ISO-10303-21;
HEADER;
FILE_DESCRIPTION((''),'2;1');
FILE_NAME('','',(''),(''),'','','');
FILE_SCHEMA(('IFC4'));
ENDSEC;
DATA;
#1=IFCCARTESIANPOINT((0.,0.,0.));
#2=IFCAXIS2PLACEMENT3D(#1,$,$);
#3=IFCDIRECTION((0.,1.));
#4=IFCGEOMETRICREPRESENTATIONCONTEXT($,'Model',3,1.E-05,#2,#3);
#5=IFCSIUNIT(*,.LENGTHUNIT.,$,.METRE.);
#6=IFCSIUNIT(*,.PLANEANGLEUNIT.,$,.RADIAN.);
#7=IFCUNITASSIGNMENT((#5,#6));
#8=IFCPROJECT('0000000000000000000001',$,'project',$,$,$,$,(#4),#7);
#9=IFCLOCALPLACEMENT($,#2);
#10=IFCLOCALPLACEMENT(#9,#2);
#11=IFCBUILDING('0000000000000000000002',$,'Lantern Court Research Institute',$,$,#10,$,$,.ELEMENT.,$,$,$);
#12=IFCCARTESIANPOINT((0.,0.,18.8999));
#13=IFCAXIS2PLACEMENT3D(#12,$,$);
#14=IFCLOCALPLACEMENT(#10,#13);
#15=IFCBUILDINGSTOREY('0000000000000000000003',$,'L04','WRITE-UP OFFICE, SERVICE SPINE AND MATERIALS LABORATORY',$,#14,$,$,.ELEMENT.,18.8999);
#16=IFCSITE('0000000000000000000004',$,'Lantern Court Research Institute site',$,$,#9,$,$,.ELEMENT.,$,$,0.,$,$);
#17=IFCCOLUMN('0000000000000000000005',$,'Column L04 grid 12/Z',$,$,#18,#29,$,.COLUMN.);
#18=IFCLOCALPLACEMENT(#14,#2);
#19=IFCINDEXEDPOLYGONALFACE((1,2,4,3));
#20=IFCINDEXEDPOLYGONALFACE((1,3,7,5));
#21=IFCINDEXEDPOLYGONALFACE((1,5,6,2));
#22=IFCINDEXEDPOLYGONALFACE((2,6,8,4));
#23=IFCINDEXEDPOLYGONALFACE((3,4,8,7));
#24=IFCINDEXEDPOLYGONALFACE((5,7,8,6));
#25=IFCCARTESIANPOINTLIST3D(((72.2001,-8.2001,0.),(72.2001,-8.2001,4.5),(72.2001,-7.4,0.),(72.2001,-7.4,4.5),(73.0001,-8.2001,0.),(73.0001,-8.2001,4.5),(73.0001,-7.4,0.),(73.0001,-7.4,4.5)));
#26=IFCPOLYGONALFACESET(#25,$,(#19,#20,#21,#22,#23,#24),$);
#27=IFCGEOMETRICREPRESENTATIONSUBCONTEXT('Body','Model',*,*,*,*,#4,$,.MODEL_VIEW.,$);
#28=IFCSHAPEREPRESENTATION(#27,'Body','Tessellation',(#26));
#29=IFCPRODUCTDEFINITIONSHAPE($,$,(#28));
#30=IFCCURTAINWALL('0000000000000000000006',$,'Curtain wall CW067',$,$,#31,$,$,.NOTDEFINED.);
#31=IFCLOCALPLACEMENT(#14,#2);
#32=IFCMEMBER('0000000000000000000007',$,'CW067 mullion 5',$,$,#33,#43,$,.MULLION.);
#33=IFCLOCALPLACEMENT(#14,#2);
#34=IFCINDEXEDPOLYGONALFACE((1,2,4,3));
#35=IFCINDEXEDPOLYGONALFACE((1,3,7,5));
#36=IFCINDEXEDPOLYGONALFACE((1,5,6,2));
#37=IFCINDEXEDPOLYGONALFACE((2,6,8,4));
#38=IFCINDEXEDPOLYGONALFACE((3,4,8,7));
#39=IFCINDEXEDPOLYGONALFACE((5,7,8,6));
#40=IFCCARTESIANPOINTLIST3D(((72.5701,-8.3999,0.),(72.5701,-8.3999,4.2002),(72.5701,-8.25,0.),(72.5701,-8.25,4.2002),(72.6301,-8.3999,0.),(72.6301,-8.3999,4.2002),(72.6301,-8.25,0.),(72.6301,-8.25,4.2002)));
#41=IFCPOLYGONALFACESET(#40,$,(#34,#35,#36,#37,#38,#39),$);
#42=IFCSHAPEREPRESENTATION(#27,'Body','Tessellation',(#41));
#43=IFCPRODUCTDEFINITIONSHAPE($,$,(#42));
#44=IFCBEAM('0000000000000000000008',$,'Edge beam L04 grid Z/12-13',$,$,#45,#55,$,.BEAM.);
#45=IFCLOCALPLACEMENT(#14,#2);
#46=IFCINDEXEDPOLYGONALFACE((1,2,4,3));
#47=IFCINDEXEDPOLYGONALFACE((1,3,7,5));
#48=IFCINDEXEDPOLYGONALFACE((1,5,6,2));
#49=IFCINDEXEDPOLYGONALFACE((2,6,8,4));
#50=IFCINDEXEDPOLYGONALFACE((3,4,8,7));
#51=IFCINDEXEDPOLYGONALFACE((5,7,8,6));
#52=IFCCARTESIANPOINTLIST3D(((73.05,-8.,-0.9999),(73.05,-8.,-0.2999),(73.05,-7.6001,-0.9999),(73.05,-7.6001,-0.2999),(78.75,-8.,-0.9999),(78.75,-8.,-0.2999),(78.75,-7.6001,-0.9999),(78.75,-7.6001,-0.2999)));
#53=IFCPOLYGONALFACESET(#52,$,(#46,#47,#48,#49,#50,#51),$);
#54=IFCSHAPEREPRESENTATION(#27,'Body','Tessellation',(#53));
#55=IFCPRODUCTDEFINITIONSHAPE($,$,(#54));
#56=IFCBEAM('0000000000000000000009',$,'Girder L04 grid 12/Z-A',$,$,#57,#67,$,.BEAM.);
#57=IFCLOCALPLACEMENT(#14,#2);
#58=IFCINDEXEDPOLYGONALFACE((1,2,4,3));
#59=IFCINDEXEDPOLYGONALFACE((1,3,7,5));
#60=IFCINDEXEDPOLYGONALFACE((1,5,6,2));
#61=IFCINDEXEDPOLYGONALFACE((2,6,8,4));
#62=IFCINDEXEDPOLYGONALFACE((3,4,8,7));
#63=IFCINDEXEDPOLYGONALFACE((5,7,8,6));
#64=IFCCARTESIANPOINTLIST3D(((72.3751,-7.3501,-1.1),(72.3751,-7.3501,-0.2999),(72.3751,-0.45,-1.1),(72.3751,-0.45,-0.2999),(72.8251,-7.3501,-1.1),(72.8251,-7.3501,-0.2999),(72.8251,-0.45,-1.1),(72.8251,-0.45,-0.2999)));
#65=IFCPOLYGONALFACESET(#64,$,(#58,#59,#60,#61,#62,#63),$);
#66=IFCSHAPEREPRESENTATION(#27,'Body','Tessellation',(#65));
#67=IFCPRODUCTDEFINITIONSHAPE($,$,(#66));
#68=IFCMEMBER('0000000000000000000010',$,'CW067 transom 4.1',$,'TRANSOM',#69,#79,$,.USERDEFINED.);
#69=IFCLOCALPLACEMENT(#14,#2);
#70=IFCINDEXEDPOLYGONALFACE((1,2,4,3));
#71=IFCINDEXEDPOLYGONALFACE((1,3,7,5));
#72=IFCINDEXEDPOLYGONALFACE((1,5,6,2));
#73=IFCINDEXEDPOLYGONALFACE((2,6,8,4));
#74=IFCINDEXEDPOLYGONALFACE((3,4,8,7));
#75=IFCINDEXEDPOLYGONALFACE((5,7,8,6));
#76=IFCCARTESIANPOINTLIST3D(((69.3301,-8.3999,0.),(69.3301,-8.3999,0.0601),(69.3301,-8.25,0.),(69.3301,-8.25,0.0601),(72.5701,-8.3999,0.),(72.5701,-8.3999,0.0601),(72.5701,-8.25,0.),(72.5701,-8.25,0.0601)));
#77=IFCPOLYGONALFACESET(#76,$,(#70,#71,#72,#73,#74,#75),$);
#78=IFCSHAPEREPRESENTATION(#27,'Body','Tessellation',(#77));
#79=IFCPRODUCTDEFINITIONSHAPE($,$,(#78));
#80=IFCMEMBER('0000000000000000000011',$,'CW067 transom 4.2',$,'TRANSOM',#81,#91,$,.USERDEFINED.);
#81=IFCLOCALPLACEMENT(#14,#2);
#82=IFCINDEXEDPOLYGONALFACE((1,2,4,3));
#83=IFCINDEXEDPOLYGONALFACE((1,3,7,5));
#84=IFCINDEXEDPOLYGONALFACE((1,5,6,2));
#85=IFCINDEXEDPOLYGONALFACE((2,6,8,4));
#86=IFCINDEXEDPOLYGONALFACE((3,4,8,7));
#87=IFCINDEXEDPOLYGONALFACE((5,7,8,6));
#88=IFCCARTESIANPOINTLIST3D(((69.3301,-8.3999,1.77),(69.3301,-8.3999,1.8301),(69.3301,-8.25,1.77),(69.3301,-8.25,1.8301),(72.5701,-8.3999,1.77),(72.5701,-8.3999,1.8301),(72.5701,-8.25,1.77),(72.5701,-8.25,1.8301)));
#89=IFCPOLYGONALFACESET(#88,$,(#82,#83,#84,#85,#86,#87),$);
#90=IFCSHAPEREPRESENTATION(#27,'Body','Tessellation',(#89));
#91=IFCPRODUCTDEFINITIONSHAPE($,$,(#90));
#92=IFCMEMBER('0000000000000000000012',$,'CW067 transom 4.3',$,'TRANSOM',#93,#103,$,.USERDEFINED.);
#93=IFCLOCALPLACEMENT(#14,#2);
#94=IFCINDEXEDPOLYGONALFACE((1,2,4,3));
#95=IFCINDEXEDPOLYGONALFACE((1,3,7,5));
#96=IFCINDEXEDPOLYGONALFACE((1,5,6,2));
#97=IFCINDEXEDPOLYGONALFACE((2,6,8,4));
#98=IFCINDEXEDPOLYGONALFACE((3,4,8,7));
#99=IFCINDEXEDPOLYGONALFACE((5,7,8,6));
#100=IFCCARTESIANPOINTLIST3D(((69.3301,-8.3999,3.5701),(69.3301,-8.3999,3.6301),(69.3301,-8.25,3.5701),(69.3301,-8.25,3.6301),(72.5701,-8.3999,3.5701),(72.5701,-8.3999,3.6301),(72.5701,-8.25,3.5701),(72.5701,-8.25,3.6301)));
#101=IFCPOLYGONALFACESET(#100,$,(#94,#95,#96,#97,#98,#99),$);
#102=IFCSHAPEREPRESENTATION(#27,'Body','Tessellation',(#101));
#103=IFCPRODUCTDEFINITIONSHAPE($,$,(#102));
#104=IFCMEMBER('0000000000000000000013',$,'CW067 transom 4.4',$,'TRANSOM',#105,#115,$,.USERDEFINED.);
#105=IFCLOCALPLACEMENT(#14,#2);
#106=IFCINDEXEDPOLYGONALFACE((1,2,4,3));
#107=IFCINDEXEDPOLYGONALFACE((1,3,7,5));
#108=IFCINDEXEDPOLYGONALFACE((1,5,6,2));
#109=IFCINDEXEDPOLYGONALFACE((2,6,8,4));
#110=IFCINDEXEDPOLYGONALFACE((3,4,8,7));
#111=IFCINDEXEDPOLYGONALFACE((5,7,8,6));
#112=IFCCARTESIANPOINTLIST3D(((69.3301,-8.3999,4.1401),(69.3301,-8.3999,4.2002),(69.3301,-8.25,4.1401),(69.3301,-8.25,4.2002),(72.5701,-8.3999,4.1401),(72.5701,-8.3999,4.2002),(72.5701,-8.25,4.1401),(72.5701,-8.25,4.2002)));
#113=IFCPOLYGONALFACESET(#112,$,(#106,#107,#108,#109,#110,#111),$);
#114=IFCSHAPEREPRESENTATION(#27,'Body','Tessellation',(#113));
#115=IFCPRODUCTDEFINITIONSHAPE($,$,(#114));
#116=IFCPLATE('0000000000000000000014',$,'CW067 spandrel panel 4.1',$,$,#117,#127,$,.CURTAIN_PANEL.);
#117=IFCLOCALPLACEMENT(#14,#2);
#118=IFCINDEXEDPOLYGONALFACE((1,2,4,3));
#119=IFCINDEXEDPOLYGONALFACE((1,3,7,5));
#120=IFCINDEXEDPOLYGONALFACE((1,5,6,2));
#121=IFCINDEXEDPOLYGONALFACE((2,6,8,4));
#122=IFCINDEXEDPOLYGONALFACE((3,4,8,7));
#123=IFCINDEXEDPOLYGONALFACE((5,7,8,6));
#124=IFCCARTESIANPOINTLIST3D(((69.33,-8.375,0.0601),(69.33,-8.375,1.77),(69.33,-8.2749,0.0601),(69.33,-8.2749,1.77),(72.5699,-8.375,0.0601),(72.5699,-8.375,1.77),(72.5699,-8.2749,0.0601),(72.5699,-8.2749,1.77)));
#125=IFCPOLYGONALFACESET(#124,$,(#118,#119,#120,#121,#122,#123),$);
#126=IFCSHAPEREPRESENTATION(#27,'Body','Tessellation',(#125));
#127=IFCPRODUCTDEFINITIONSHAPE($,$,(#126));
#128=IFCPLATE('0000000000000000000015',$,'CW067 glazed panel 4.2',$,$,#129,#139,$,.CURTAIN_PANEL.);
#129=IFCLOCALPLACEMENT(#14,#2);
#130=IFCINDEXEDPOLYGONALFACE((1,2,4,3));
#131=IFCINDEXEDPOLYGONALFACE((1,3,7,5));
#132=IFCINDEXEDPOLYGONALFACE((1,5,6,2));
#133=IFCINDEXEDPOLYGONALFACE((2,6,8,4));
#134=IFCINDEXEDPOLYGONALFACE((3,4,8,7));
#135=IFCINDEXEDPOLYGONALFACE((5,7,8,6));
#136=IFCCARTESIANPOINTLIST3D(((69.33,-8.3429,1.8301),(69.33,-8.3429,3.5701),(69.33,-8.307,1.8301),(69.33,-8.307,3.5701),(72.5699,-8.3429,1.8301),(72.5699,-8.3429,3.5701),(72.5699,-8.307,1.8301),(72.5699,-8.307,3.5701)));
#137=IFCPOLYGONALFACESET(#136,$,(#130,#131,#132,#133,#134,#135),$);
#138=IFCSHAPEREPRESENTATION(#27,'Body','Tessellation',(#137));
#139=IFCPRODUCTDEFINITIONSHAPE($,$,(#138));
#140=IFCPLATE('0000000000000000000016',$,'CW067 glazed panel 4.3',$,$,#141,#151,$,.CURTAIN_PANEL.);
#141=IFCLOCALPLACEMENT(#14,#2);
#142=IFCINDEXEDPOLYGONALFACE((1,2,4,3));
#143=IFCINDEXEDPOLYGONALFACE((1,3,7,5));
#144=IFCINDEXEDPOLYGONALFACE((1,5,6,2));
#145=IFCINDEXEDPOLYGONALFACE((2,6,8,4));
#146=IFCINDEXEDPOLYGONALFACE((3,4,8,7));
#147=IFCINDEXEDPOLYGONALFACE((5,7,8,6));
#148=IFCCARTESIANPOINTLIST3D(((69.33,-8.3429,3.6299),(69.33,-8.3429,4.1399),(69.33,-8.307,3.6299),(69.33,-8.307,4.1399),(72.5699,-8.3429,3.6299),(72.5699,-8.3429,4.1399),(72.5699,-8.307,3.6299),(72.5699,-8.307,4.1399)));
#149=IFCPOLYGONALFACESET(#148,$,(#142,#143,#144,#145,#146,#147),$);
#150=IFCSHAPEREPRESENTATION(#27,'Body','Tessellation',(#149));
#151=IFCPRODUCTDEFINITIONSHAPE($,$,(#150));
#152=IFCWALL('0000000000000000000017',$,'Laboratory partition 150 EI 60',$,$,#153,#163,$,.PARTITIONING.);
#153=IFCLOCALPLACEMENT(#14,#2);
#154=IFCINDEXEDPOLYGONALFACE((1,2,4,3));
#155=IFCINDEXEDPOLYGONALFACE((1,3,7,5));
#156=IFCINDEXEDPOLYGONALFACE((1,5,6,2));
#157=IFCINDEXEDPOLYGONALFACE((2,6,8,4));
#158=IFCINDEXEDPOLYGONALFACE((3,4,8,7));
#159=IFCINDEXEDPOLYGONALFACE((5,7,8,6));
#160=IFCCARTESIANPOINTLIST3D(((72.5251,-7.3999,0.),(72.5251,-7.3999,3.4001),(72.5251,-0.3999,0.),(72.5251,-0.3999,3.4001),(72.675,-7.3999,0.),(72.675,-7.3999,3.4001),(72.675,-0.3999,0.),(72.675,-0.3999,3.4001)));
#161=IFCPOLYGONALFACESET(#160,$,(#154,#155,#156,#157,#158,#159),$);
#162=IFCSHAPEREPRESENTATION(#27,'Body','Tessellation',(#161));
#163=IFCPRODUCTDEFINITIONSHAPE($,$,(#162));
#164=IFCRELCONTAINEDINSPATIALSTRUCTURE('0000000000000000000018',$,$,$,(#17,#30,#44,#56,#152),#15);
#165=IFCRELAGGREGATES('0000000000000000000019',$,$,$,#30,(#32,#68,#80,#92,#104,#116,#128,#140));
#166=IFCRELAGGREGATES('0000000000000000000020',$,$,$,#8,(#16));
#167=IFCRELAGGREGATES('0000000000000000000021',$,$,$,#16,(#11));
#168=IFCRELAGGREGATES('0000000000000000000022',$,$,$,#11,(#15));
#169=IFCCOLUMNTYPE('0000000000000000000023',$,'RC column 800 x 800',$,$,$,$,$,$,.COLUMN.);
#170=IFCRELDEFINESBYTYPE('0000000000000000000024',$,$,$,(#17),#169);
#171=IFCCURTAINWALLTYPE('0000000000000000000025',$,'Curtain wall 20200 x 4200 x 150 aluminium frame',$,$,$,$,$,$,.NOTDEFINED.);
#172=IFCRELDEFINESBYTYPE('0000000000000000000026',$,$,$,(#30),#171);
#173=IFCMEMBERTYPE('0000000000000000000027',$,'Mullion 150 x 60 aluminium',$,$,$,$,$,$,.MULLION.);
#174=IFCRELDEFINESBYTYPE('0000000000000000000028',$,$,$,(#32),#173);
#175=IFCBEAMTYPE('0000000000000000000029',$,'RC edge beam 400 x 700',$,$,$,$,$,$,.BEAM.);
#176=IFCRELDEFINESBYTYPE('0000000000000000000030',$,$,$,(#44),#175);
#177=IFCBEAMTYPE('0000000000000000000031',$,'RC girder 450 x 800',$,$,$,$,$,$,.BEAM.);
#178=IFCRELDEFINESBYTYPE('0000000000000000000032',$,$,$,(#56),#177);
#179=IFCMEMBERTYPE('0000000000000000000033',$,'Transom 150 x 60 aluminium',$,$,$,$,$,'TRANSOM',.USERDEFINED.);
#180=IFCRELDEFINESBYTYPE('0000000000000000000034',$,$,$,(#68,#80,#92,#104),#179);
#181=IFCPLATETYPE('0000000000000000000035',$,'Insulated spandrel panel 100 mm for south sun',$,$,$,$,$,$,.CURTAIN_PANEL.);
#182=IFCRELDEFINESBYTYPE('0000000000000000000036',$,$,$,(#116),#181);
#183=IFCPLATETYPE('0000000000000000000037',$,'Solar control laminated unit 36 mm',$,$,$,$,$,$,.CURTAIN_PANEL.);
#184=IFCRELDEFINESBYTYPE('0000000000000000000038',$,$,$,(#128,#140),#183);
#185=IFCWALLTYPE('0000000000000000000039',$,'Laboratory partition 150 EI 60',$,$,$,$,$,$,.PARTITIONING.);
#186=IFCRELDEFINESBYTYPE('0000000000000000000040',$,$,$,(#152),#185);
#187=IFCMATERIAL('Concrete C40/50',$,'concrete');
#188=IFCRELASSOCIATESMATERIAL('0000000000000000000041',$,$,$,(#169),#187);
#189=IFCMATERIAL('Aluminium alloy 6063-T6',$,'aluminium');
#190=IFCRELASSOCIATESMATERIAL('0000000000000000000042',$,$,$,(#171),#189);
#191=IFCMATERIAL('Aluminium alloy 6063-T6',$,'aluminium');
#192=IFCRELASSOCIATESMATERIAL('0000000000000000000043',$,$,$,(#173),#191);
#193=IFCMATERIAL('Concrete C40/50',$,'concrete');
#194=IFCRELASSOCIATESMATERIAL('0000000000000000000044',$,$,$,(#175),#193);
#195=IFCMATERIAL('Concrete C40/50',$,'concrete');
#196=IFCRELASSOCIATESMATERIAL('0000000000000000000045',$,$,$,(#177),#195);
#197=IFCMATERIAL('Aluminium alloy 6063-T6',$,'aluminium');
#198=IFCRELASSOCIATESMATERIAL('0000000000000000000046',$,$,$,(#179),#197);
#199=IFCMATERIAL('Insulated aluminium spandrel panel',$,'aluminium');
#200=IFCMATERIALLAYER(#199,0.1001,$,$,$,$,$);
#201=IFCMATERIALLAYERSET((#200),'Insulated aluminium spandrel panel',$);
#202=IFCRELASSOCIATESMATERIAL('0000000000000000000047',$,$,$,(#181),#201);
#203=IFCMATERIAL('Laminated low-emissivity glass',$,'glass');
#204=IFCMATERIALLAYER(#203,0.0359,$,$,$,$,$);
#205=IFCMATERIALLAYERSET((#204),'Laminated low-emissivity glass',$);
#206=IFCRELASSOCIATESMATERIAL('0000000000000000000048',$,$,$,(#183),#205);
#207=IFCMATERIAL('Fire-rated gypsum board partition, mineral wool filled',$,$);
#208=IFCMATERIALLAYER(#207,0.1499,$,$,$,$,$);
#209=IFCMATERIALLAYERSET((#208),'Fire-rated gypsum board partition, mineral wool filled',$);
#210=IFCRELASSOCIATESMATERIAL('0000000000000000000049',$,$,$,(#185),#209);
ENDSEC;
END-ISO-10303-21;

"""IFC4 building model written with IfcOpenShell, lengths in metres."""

from ifc_helpers import new_model, si_unit, direction, frame, frame_2d, origin, origin_2d, place, context, subcontext, project, spatial, rectangle, extrude, material, layer, layer_set, material_profile, profile_set, type_object, element, aggregate, save


model = new_model("IFC4")

# Units and contexts
model_context = context("Model", 3, precision=1e-05, world=origin(), true_north=direction((0.0, 1.0)))
body_context = subcontext(model_context, "Body", "Model", "MODEL_VIEW")
ifc_project = project(units=[si_unit("LENGTHUNIT", "METRE"), si_unit("PLANEANGLEUNIT", "RADIAN")], contexts=[model_context])

# Site, building, storey
site_placement = place(None, origin())
site = spatial("IfcSite", under=ifc_project, at=site_placement, Name="Lantern Court Research Institute site", CompositionType="ELEMENT", RefElevation=0.0)
building_placement = place(site_placement, origin())
building = spatial("IfcBuilding", under=site, at=building_placement, Name="Lantern Court Research Institute", CompositionType="ELEMENT")
storey_placement = place(building_placement, frame((0.0, 0.0, 18.8999)))
storey = spatial("IfcBuildingStorey", under=building, at=storey_placement, Name="L04", Description="WRITE-UP OFFICE, SERVICE SPINE AND MATERIALS LABORATORY", CompositionType="ELEMENT", Elevation=18.8999)

# Column
ifc_material_1 = material(Name="Concrete C40/50", Category="concrete")
ifc_material_profile_1 = material_profile(ifc_material_1, rectangle(XDim=0.8, YDim=0.8, at=origin_2d()), Name="RC column 800 x 800")
ifc_profile_set_1 = profile_set([ifc_material_profile_1], Name="Concrete C40/50")
column_type = type_object("IfcColumnType", Name="RC column 800 x 800", PredefinedType="COLUMN", material=ifc_profile_set_1)
column_placement = place(storey_placement, frame((72.6001, -7.8, 0.0), z_axis=(0.0, 0.0, 1.0), x_axis=(1.0, 0.0, 0.0)))
element("IfcColumn", 1, at=column_placement, inside=storey, type_object=column_type, Name="Column L04 grid 12/Z", PredefinedType="COLUMN", context=body_context, shape_type="SweptSolid", body=[
    extrude(rectangle(XDim=0.8, YDim=0.8, at=origin_2d()), origin(), (0.0, 0.0, 1.0), 4.5),
])

# Curtain wall, member
ifc_material_2 = material(Name="Aluminium alloy 6063-T6", Category="aluminium")
curtain_wall_type = type_object("IfcCurtainWallType", Name="Curtain wall 20200 x 4200 x 150 aluminium frame", PredefinedType="NOTDEFINED", material=ifc_material_2)
curtain_wall_placement = place(storey_placement, origin())
curtain_wall = element("IfcCurtainWall", 2, at=curtain_wall_placement, inside=storey, type_object=curtain_wall_type, Name="Curtain wall CW067", PredefinedType="NOTDEFINED")
ifc_material_3 = material(Name="Aluminium alloy 6063-T6", Category="aluminium")
ifc_material_profile_2 = material_profile(ifc_material_3, rectangle(XDim=0.1499, YDim=0.0601, at=origin_2d()), Name="Mullion 150 x 60")
ifc_profile_set_2 = profile_set([ifc_material_profile_2], Name="Aluminium alloy 6063-T6")
member_type_1 = type_object("IfcMemberType", Name="Mullion 150 x 60 aluminium", PredefinedType="MULLION", material=ifc_profile_set_2)
member_1_placement = place(storey_placement, frame((72.6001, -8.325, 0.0), z_axis=(0.0, 0.0, 1.0), x_axis=(0.0, -1.0, 0.0)))
member_1 = element("IfcMember", 3, at=member_1_placement, type_object=member_type_1, Name="CW067 mullion 5", PredefinedType="MULLION", context=body_context, shape_type="SweptSolid", body=[
    extrude(rectangle(XDim=0.1499, YDim=0.0601, at=origin_2d()), origin(), (0.0, 0.0, 1.0), 4.2002),
])

# Beams
ifc_material_4 = material(Name="Concrete C40/50", Category="concrete")
ifc_material_profile_3 = material_profile(ifc_material_4, rectangle(XDim=0.3999, YDim=0.7, at=origin_2d()), Name="RC beam 400 x 700")
ifc_profile_set_3 = profile_set([ifc_material_profile_3], Name="Concrete C40/50")
beam_type_1 = type_object("IfcBeamType", Name="RC edge beam 400 x 700", PredefinedType="BEAM", material=ifc_profile_set_3)
beam_1_placement = place(storey_placement, frame((73.05, -7.8, -0.6499), z_axis=(1.0, 0.0, 0.0), x_axis=(0.0, 1.0, 0.0)))
element("IfcBeam", 4, at=beam_1_placement, inside=storey, type_object=beam_type_1, Name="Edge beam L04 grid Z/12-13", PredefinedType="BEAM", context=body_context, shape_type="SweptSolid", body=[
    extrude(rectangle(XDim=0.3999, YDim=0.7, at=origin_2d()), origin(), (0.0, 0.0, 1.0), 5.7),
])
ifc_material_5 = material(Name="Concrete C40/50", Category="concrete")
ifc_material_profile_4 = material_profile(ifc_material_5, rectangle(XDim=0.45, YDim=0.8, at=origin_2d()), Name="RC beam 450 x 800")
ifc_profile_set_4 = profile_set([ifc_material_profile_4], Name="Concrete C40/50")
beam_type_2 = type_object("IfcBeamType", Name="RC girder 450 x 800", PredefinedType="BEAM", material=ifc_profile_set_4)
beam_2_placement = place(storey_placement, frame((72.6001, -7.3501, -0.7), z_axis=(0.0, 1.0, 0.0), x_axis=(-1.0, 0.0, 0.0)))
element("IfcBeam", 5, at=beam_2_placement, inside=storey, type_object=beam_type_2, Name="Girder L04 grid 12/Z-A", PredefinedType="BEAM", context=body_context, shape_type="SweptSolid", body=[
    extrude(rectangle(XDim=0.45, YDim=0.8, at=origin_2d()), origin(), (0.0, 0.0, 1.0), 6.9001),
])

# Members
ifc_material_6 = material(Name="Aluminium alloy 6063-T6", Category="aluminium")
ifc_material_profile_5 = material_profile(ifc_material_6, rectangle(XDim=0.1499, YDim=0.0601, at=origin_2d()), Name="Transom 150 x 60")
ifc_profile_set_5 = profile_set([ifc_material_profile_5], Name="Aluminium alloy 6063-T6")
member_type_2 = type_object("IfcMemberType", Name="Transom 150 x 60 aluminium", ElementType="TRANSOM", PredefinedType="USERDEFINED", material=ifc_profile_set_5)
member_2_placement = place(storey_placement, frame((72.5701, -8.325, 0.03), z_axis=(-1.0, 0.0, 0.0), x_axis=(0.0, -1.0, 0.0)))
member_2 = element("IfcMember", 6, at=member_2_placement, type_object=member_type_2, Name="CW067 transom 4.1", ObjectType="TRANSOM", PredefinedType="USERDEFINED", context=body_context, shape_type="SweptSolid", body=[
    extrude(rectangle(XDim=0.1499, YDim=0.0601, at=origin_2d()), origin(), (0.0, 0.0, 1.0), 3.24),
])
member_3_placement = place(storey_placement, frame((72.5701, -8.325, 1.8), z_axis=(-1.0, 0.0, 0.0), x_axis=(0.0, -1.0, 0.0)))
member_3 = element("IfcMember", 7, at=member_3_placement, type_object=member_type_2, Name="CW067 transom 4.2", ObjectType="TRANSOM", PredefinedType="USERDEFINED", context=body_context, shape_type="SweptSolid", body=[
    extrude(rectangle(XDim=0.1499, YDim=0.0601, at=origin_2d()), origin(), (0.0, 0.0, 1.0), 3.24),
])
member_4_placement = place(storey_placement, frame((72.5701, -8.325, 3.6001), z_axis=(-1.0, 0.0, 0.0), x_axis=(0.0, -1.0, 0.0)))
member_4 = element("IfcMember", 8, at=member_4_placement, type_object=member_type_2, Name="CW067 transom 4.3", ObjectType="TRANSOM", PredefinedType="USERDEFINED", context=body_context, shape_type="SweptSolid", body=[
    extrude(rectangle(XDim=0.1499, YDim=0.0601, at=origin_2d()), origin(), (0.0, 0.0, 1.0), 3.24),
])
member_5_placement = place(storey_placement, frame((72.5701, -8.325, 4.1702), z_axis=(-1.0, 0.0, 0.0), x_axis=(0.0, -1.0, 0.0)))
member_5 = element("IfcMember", 9, at=member_5_placement, type_object=member_type_2, Name="CW067 transom 4.4", ObjectType="TRANSOM", PredefinedType="USERDEFINED", context=body_context, shape_type="SweptSolid", body=[
    extrude(rectangle(XDim=0.1499, YDim=0.0601, at=origin_2d()), origin(), (0.0, 0.0, 1.0), 3.24),
])

# Plates
ifc_material_7 = material(Name="Insulated aluminium spandrel panel", Category="aluminium")
ifc_layer_1 = layer(ifc_material_7, 0.1001)
ifc_layer_set_1 = layer_set([ifc_layer_1], Name="Insulated aluminium spandrel panel")
plate_type_1 = type_object("IfcPlateType", Name="Insulated spandrel panel 100 mm for south sun", PredefinedType="CURTAIN_PANEL", material=ifc_layer_set_1)
plate_1_placement = place(storey_placement, frame((70.95, -8.325, 0.0601), z_axis=(0.0, 0.0, 1.0), x_axis=(-1.0, 0.0, 0.0)))
plate_1 = element("IfcPlate", 10, at=plate_1_placement, type_object=plate_type_1, Name="CW067 spandrel panel 4.1", PredefinedType="CURTAIN_PANEL", context=body_context, shape_type="SweptSolid", body=[
    extrude(rectangle(XDim=3.24, YDim=0.1001, at=origin_2d()), origin(), (0.0, 0.0, 1.0), 1.71),
])
ifc_material_8 = material(Name="Laminated low-emissivity glass", Category="glass")
ifc_layer_2 = layer(ifc_material_8, 0.0359)
ifc_layer_set_2 = layer_set([ifc_layer_2], Name="Laminated low-emissivity glass")
plate_type_2 = type_object("IfcPlateType", Name="Solar control laminated unit 36 mm", PredefinedType="CURTAIN_PANEL", material=ifc_layer_set_2)
plate_2_placement = place(storey_placement, frame((70.95, -8.325, 1.8301), z_axis=(0.0, 0.0, 1.0), x_axis=(-1.0, 0.0, 0.0)))
plate_2 = element("IfcPlate", 11, at=plate_2_placement, type_object=plate_type_2, Name="CW067 glazed panel 4.2", PredefinedType="CURTAIN_PANEL", context=body_context, shape_type="SweptSolid", body=[
    extrude(rectangle(XDim=3.24, YDim=0.0359, at=origin_2d()), origin(), (0.0, 0.0, 1.0), 1.74),
])
plate_3_placement = place(storey_placement, frame((70.95, -8.325, 3.6299), z_axis=(0.0, 0.0, 1.0), x_axis=(-1.0, 0.0, 0.0)))
plate_3 = element("IfcPlate", 12, at=plate_3_placement, type_object=plate_type_2, Name="CW067 glazed panel 4.3", PredefinedType="CURTAIN_PANEL", context=body_context, shape_type="SweptSolid", body=[
    extrude(rectangle(XDim=3.24, YDim=0.0359, at=origin_2d()), origin(), (0.0, 0.0, 1.0), 0.51),
])
aggregate(curtain_wall, [member_1, member_2, member_3, member_4, member_5, plate_1, plate_2, plate_3])

# Wall
ifc_material_9 = material(Name="Fire-rated gypsum board partition, mineral wool filled")
ifc_layer_3 = layer(ifc_material_9, 0.1499)
ifc_layer_set_3 = layer_set([ifc_layer_3], Name="Fire-rated gypsum board partition, mineral wool filled")
wall_type = type_object("IfcWallType", Name="Laboratory partition 150 EI 60", PredefinedType="PARTITIONING", material=ifc_layer_set_3)
wall_placement = place(storey_placement, frame((72.6001, -7.3999, 0.0), z_axis=(0.0, 0.0, 1.0), x_axis=(0.0, 1.0, 0.0)))
element("IfcWall", 13, at=wall_placement, inside=storey, type_object=wall_type, Name="Laboratory partition 150 EI 60", PredefinedType="PARTITIONING", context=body_context, shape_type="SweptSolid", body=[
    extrude(rectangle(XDim=7.0, YDim=0.1499, at=frame_2d((3.5, 0.0))), origin(), (0.0, 0.0, 1.0), 3.4001),
])

save(model, "model.ifc")
